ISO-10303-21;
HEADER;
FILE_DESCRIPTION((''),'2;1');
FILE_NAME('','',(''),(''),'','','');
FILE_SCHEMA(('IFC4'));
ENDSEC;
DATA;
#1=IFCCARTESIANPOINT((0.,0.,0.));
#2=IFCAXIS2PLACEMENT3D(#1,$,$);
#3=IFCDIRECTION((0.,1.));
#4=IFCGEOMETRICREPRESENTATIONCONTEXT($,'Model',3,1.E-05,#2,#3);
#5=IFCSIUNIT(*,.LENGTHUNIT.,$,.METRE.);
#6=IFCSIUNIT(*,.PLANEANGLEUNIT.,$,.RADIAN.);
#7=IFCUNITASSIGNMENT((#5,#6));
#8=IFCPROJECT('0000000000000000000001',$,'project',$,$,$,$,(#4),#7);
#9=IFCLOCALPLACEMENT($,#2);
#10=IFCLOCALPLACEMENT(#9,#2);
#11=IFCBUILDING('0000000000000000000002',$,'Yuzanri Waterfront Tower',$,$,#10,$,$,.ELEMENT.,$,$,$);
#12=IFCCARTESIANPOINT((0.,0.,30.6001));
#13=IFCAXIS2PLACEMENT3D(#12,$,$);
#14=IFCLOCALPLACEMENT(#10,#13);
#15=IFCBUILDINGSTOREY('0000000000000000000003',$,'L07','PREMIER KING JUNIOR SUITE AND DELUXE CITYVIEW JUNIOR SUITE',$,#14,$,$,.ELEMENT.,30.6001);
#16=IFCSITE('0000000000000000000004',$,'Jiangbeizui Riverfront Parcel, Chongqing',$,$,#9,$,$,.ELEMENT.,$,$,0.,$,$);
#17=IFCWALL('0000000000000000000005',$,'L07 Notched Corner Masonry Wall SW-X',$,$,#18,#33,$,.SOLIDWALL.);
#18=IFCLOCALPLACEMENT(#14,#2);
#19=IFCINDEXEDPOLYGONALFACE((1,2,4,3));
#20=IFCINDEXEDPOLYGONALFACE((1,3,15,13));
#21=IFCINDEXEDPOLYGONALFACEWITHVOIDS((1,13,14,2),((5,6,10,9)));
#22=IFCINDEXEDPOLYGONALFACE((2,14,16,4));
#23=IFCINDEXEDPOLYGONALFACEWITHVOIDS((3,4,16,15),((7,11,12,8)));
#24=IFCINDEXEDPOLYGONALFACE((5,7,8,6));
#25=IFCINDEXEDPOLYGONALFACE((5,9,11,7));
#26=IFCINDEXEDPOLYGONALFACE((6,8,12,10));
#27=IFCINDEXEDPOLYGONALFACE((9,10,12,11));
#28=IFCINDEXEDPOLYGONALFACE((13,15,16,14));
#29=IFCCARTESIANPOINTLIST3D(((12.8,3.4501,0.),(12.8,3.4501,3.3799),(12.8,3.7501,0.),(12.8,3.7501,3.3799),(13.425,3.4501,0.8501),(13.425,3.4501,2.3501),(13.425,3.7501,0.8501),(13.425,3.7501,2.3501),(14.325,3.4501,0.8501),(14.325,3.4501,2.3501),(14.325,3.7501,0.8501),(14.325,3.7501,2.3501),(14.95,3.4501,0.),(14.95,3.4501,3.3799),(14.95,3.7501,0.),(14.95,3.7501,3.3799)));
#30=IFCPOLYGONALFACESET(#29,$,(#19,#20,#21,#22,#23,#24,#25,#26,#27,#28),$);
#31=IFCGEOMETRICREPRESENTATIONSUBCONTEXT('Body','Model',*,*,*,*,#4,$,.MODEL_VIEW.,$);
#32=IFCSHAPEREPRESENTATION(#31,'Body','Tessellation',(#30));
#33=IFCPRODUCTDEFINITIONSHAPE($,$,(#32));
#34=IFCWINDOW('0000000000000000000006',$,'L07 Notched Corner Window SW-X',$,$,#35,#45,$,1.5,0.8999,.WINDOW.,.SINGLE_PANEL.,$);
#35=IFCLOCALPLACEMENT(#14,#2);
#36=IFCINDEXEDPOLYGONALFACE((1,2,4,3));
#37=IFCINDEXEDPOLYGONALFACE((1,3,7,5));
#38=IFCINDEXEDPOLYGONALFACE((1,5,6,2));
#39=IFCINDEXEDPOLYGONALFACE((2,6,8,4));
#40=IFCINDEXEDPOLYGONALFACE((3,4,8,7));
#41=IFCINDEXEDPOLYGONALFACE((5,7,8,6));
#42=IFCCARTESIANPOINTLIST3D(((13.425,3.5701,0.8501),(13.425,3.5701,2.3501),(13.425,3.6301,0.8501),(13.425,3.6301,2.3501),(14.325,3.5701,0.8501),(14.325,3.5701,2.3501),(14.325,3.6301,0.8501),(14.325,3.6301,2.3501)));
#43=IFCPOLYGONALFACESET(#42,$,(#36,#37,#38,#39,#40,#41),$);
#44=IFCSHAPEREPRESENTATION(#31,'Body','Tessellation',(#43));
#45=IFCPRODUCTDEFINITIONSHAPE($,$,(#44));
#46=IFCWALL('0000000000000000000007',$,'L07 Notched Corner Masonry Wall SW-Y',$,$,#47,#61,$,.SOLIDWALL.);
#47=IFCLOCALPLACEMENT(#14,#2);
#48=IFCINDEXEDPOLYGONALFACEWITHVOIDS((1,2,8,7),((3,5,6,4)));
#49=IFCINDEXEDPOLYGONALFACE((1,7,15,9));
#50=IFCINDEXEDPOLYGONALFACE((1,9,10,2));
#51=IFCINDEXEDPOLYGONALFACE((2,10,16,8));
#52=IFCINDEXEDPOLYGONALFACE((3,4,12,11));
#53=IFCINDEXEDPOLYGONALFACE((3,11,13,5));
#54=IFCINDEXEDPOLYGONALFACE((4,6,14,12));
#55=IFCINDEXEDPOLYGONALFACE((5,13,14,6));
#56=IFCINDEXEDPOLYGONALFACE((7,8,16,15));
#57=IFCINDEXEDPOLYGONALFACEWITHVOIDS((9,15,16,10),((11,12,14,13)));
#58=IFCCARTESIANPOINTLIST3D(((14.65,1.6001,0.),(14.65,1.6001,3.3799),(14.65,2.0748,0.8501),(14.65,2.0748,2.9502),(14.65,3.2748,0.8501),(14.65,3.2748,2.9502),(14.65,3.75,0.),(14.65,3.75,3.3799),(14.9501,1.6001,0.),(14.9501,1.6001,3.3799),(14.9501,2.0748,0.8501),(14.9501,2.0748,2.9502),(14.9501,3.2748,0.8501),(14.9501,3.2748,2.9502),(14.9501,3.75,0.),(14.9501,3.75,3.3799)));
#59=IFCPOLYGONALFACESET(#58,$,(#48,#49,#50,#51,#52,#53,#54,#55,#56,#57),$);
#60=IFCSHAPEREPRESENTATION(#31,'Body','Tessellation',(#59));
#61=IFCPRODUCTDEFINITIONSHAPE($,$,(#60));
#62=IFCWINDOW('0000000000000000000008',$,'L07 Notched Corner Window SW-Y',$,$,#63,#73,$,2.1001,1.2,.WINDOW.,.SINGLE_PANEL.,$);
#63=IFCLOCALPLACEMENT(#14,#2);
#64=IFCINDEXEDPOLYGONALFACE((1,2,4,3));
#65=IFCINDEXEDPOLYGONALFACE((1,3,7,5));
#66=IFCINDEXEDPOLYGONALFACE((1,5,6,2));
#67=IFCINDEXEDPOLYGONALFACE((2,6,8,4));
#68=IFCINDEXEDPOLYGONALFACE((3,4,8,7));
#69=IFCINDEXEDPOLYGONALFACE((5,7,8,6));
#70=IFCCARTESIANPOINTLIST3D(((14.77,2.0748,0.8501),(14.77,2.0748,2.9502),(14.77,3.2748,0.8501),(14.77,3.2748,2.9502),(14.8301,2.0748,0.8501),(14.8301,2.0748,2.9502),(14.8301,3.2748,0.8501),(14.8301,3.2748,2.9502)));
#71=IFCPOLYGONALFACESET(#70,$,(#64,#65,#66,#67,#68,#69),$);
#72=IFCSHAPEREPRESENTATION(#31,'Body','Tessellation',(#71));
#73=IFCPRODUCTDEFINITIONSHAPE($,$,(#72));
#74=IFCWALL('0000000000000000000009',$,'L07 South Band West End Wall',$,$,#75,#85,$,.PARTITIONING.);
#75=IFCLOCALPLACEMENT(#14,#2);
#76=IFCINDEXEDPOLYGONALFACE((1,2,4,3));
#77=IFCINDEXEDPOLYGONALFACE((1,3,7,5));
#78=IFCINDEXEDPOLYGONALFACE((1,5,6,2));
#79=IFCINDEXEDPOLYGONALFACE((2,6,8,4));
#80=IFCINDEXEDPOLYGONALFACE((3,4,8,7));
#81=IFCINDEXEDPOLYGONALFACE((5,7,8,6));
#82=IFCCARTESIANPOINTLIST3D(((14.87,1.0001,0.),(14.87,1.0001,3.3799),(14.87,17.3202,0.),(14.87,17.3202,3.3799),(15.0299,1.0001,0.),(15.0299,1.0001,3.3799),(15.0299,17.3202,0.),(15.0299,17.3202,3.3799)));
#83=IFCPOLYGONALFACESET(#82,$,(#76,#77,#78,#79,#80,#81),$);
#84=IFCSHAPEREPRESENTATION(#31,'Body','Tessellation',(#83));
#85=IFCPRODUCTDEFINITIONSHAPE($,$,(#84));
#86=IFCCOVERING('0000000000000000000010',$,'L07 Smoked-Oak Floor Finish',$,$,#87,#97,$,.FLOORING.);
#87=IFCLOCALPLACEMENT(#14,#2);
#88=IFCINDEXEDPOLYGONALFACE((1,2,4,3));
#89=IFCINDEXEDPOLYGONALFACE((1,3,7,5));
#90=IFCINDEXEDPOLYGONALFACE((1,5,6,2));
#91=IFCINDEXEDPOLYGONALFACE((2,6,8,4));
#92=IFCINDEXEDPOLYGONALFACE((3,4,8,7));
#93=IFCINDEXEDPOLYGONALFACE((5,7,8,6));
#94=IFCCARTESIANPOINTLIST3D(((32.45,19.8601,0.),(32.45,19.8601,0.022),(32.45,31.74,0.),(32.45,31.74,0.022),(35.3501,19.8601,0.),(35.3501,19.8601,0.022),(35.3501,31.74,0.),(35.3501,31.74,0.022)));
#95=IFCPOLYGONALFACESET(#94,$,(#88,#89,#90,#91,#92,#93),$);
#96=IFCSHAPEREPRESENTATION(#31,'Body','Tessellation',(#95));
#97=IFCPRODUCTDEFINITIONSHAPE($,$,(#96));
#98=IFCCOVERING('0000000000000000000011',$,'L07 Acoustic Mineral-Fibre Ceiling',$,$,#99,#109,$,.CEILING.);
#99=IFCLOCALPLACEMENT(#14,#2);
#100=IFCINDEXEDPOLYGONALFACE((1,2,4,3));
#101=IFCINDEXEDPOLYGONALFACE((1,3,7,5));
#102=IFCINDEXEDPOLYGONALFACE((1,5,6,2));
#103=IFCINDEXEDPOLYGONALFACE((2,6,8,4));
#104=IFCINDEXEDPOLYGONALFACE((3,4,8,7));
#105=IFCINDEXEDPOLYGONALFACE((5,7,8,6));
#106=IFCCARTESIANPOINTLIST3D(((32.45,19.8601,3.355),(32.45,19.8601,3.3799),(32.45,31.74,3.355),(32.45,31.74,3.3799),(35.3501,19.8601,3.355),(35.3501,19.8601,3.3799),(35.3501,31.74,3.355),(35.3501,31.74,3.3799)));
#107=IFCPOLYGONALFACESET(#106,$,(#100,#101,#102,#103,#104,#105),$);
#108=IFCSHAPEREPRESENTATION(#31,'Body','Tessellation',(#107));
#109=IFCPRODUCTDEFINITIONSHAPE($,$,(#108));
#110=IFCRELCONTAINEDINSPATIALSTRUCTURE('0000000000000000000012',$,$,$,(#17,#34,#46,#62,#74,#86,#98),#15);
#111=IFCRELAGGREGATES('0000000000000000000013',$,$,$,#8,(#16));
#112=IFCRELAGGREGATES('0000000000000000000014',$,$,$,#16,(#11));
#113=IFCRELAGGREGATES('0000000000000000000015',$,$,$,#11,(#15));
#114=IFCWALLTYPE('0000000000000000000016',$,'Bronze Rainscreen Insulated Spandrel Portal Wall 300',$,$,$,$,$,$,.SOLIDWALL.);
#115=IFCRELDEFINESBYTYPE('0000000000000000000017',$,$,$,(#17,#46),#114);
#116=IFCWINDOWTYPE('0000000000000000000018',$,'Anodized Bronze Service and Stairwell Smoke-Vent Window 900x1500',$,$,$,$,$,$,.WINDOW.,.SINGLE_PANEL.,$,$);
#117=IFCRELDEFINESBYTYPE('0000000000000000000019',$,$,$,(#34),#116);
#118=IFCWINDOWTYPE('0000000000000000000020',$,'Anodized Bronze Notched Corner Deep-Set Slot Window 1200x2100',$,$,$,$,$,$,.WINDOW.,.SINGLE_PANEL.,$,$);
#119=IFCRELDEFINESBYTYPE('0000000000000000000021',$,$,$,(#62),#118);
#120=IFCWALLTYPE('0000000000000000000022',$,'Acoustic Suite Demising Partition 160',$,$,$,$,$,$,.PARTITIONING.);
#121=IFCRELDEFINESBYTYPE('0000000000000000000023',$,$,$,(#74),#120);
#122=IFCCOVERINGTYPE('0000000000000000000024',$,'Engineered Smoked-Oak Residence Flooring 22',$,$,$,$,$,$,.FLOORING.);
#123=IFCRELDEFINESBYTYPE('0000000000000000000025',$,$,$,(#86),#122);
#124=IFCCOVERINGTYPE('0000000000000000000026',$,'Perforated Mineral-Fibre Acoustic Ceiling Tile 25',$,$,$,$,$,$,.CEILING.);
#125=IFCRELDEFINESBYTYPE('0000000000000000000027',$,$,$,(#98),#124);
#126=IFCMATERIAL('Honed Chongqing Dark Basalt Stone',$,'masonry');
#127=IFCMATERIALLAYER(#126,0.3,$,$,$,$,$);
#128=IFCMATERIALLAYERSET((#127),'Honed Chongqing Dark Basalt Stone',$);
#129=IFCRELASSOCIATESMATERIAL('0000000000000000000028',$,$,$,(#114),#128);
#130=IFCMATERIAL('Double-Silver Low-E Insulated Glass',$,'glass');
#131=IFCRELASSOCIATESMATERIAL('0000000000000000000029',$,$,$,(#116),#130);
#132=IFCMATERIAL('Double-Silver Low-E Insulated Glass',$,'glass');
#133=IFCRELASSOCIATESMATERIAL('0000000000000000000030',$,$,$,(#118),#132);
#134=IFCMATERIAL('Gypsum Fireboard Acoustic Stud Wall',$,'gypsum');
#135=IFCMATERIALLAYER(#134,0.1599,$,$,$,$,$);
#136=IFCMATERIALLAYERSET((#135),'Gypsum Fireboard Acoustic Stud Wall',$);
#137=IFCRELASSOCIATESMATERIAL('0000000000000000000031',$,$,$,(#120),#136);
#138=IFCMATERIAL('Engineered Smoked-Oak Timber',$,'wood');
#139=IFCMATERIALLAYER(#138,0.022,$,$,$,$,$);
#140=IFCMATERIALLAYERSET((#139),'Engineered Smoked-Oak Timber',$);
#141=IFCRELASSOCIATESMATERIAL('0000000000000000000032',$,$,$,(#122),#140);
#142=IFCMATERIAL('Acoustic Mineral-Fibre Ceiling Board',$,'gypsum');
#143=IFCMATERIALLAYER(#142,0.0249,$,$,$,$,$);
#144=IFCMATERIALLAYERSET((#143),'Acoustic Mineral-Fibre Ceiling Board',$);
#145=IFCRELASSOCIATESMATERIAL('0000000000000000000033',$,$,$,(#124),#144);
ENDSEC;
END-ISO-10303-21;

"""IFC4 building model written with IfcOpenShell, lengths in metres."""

from ifc_helpers import new_model, si_unit, direction, frame, frame_2d, origin, place, context, subcontext, project, spatial, polyline, rectangle, outline, extrude, source, transform, mapped, material, layer, layer_set, type_object, element, fill, save


model = new_model("IFC4")

# Units and contexts
model_context = context("Model", 3, precision=1e-05, world=origin(), true_north=direction((0.0, 1.0)))
body_context = subcontext(model_context, "Body", "Model", "MODEL_VIEW")
ifc_project = project(units=[si_unit("LENGTHUNIT", "METRE"), si_unit("PLANEANGLEUNIT", "RADIAN")], contexts=[model_context])

# Site, building, storey
site_placement = place(None, origin())
site = spatial("IfcSite", under=ifc_project, at=site_placement, Name="Jiangbeizui Riverfront Parcel, Chongqing", CompositionType="ELEMENT", RefElevation=0.0)
building_placement = place(site_placement, origin())
building = spatial("IfcBuilding", under=site, at=building_placement, Name="Yuzanri Waterfront Tower", CompositionType="ELEMENT")
storey_placement = place(building_placement, frame((0.0, 0.0, 30.6001)))
storey = spatial("IfcBuildingStorey", under=building, at=storey_placement, Name="L07", Description="PREMIER KING JUNIOR SUITE AND DELUXE CITYVIEW JUNIOR SUITE", CompositionType="ELEMENT", Elevation=30.6001)

# Walls, openings, windows
ifc_material_1 = material(Name="Honed Chongqing Dark Basalt Stone", Category="masonry")
ifc_layer_1 = layer(ifc_material_1, 0.3)
ifc_layer_set_1 = layer_set([ifc_layer_1], Name="Honed Chongqing Dark Basalt Stone")
wall_type_1 = type_object("IfcWallType", Name="Bronze Rainscreen Insulated Spandrel Portal Wall 300", PredefinedType="SOLIDWALL", material=ifc_layer_set_1)
wall_1_placement = place(storey_placement, frame((12.8, 3.6001, 0.0), z_axis=(0.0, 0.0, 1.0), x_axis=(1.0, 0.0, 0.0)))
wall_1 = element("IfcWall", 1, at=wall_1_placement, inside=storey, type_object=wall_type_1, Name="L07 Notched Corner Masonry Wall SW-X", PredefinedType="SOLIDWALL", context=body_context, shape_type="SweptSolid", body=[
    extrude(rectangle(XDim=2.1499, YDim=0.3, at=frame_2d((1.075, 0.0))), origin(), (0.0, 0.0, 1.0), 3.3799),
])
opening_1_placement = place(wall_1_placement, frame((0.625, 0.0, 0.8501)))
opening_1 = element("IfcOpeningElement", 2, at=opening_1_placement, cuts=wall_1, PredefinedType="OPENING", context=body_context, shape_type="SweptSolid", body=[
    extrude(rectangle(XDim=0.8999, YDim=1.5, at=frame_2d((0.45, 0.75))), frame((0.0, 0.165, 0.0), z_axis=(0.0, -1.0, 0.0), x_axis=(1.0, 0.0, 0.0)), (0.0, 0.0, 1.0), 0.3298),
])
ifc_material_2 = material(Name="Double-Silver Low-E Insulated Glass", Category="glass")
window_type_1 = type_object("IfcWindowType", Name="Anodized Bronze Service and Stairwell Smoke-Vent Window 900x1500", PartitioningType="SINGLE_PANEL", PredefinedType="WINDOW", material=ifc_material_2)
shared_shape_1 = source(origin(), body_context, "Body", "SweptSolid", [
    extrude(rectangle(XDim=0.8999, YDim=1.5, at=frame_2d((0.45, 0.75))), frame((0.0, 0.03, 0.0), z_axis=(0.0, -1.0, 0.0), x_axis=(1.0, 0.0, 0.0)), (0.0, 0.0, 1.0), 0.0601),
])
window_1_placement = place(opening_1_placement, origin())
window_1 = element("IfcWindow", 3, at=window_1_placement, inside=storey, type_object=window_type_1, Name="L07 Notched Corner Window SW-X", OverallHeight=1.5, OverallWidth=0.8999, PartitioningType="SINGLE_PANEL", PredefinedType="WINDOW", context=body_context, shape_type="MappedRepresentation", body=[
    mapped(shared_shape_1, transform((0.0, 0.0, 0.0), scale=1.0)),
])
fill(opening_1, window_1)
wall_2_placement = place(storey_placement, frame((14.8, 3.75, 0.0), z_axis=(0.0, 0.0, 1.0), x_axis=(0.0, -1.0, 0.0)))
wall_2 = element("IfcWall", 4, at=wall_2_placement, inside=storey, type_object=wall_type_1, Name="L07 Notched Corner Masonry Wall SW-Y", PredefinedType="SOLIDWALL", context=body_context, shape_type="SweptSolid", body=[
    extrude(rectangle(XDim=2.1499, YDim=0.3, at=frame_2d((1.075, 0.0))), origin(), (0.0, 0.0, 1.0), 3.3799),
])
opening_2_placement = place(wall_2_placement, frame((0.4751, 0.0, 0.8501)))
opening_2 = element("IfcOpeningElement", 5, at=opening_2_placement, cuts=wall_2, PredefinedType="OPENING", context=body_context, shape_type="SweptSolid", body=[
    extrude(rectangle(XDim=1.2, YDim=2.1001, at=frame_2d((0.6001, 1.05))), frame((0.0, 0.165, 0.0), z_axis=(0.0, -1.0, 0.0), x_axis=(1.0, 0.0, 0.0)), (0.0, 0.0, 1.0), 0.3298),
])
ifc_material_3 = material(Name="Double-Silver Low-E Insulated Glass", Category="glass")
window_type_2 = type_object("IfcWindowType", Name="Anodized Bronze Notched Corner Deep-Set Slot Window 1200x2100", PartitioningType="SINGLE_PANEL", PredefinedType="WINDOW", material=ifc_material_3)
shared_shape_2 = source(origin(), body_context, "Body", "SweptSolid", [
    extrude(rectangle(XDim=1.2, YDim=2.1001, at=frame_2d((0.6001, 1.05))), frame((0.0, 0.03, 0.0), z_axis=(0.0, -1.0, 0.0), x_axis=(1.0, 0.0, 0.0)), (0.0, 0.0, 1.0), 0.0601),
])
window_2_placement = place(opening_2_placement, origin())
window_2 = element("IfcWindow", 6, at=window_2_placement, inside=storey, type_object=window_type_2, Name="L07 Notched Corner Window SW-Y", OverallHeight=2.1001, OverallWidth=1.2, PartitioningType="SINGLE_PANEL", PredefinedType="WINDOW", context=body_context, shape_type="MappedRepresentation", body=[
    mapped(shared_shape_2, transform((0.0, 0.0, 0.0), scale=1.0)),
])
fill(opening_2, window_2)

# Wall
ifc_material_4 = material(Name="Gypsum Fireboard Acoustic Stud Wall", Category="gypsum")
ifc_layer_2 = layer(ifc_material_4, 0.1599)
ifc_layer_set_2 = layer_set([ifc_layer_2], Name="Gypsum Fireboard Acoustic Stud Wall")
wall_type_2 = type_object("IfcWallType", Name="Acoustic Suite Demising Partition 160", PredefinedType="PARTITIONING", material=ifc_layer_set_2)
shared_shape_3 = source(origin(), body_context, "Body", "SweptSolid", [
    extrude(rectangle(XDim=16.3201, YDim=0.1599, at=frame_2d((8.1602, 0.0))), origin(), (0.0, 0.0, 1.0), 3.3799),
])
wall_3_placement = place(storey_placement, frame((14.95, 1.0, 0.0), z_axis=(0.0, 0.0, 1.0), x_axis=(0.0, 1.0, 0.0)))
element("IfcWall", 7, at=wall_3_placement, inside=storey, type_object=wall_type_2, Name="L07 South Band West End Wall", PredefinedType="PARTITIONING", context=body_context, shape_type="MappedRepresentation", body=[
    mapped(shared_shape_3, transform((0.0, 0.0, 0.0), scale=1.0)),
])

# Coverings
ifc_material_5 = material(Name="Engineered Smoked-Oak Timber", Category="wood")
ifc_layer_3 = layer(ifc_material_5, 0.022)
ifc_layer_set_3 = layer_set([ifc_layer_3], Name="Engineered Smoked-Oak Timber")
covering_type_1 = type_object("IfcCoveringType", Name="Engineered Smoked-Oak Residence Flooring 22", PredefinedType="FLOORING", material=ifc_layer_set_3)
covering_1_placement = place(storey_placement, origin())
element("IfcCovering", 8, at=covering_1_placement, inside=storey, type_object=covering_type_1, Name="L07 Smoked-Oak Floor Finish", PredefinedType="FLOORING", context=body_context, shape_type="SweptSolid", body=[
    extrude(outline(polyline([(32.45, 19.8601), (35.3501, 19.8601), (35.3501, 31.74), (32.45, 31.74), (32.45, 19.8601)])), origin(), (0.0, 0.0, 1.0), 0.022),
])
ifc_material_6 = material(Name="Acoustic Mineral-Fibre Ceiling Board", Category="gypsum")
ifc_layer_4 = layer(ifc_material_6, 0.0249)
ifc_layer_set_4 = layer_set([ifc_layer_4], Name="Acoustic Mineral-Fibre Ceiling Board")
covering_type_2 = type_object("IfcCoveringType", Name="Perforated Mineral-Fibre Acoustic Ceiling Tile 25", PredefinedType="CEILING", material=ifc_layer_set_4)
covering_2_placement = place(storey_placement, frame((0.0, 0.0, 3.355)))
element("IfcCovering", 9, at=covering_2_placement, inside=storey, type_object=covering_type_2, Name="L07 Acoustic Mineral-Fibre Ceiling", PredefinedType="CEILING", context=body_context, shape_type="SweptSolid", body=[
    extrude(outline(polyline([(32.45, 19.8601), (35.3501, 19.8601), (35.3501, 31.74), (32.45, 31.74), (32.45, 19.8601)])), origin(), (0.0, 0.0, 1.0), 0.0249),
])

save(model, "model.ifc")
